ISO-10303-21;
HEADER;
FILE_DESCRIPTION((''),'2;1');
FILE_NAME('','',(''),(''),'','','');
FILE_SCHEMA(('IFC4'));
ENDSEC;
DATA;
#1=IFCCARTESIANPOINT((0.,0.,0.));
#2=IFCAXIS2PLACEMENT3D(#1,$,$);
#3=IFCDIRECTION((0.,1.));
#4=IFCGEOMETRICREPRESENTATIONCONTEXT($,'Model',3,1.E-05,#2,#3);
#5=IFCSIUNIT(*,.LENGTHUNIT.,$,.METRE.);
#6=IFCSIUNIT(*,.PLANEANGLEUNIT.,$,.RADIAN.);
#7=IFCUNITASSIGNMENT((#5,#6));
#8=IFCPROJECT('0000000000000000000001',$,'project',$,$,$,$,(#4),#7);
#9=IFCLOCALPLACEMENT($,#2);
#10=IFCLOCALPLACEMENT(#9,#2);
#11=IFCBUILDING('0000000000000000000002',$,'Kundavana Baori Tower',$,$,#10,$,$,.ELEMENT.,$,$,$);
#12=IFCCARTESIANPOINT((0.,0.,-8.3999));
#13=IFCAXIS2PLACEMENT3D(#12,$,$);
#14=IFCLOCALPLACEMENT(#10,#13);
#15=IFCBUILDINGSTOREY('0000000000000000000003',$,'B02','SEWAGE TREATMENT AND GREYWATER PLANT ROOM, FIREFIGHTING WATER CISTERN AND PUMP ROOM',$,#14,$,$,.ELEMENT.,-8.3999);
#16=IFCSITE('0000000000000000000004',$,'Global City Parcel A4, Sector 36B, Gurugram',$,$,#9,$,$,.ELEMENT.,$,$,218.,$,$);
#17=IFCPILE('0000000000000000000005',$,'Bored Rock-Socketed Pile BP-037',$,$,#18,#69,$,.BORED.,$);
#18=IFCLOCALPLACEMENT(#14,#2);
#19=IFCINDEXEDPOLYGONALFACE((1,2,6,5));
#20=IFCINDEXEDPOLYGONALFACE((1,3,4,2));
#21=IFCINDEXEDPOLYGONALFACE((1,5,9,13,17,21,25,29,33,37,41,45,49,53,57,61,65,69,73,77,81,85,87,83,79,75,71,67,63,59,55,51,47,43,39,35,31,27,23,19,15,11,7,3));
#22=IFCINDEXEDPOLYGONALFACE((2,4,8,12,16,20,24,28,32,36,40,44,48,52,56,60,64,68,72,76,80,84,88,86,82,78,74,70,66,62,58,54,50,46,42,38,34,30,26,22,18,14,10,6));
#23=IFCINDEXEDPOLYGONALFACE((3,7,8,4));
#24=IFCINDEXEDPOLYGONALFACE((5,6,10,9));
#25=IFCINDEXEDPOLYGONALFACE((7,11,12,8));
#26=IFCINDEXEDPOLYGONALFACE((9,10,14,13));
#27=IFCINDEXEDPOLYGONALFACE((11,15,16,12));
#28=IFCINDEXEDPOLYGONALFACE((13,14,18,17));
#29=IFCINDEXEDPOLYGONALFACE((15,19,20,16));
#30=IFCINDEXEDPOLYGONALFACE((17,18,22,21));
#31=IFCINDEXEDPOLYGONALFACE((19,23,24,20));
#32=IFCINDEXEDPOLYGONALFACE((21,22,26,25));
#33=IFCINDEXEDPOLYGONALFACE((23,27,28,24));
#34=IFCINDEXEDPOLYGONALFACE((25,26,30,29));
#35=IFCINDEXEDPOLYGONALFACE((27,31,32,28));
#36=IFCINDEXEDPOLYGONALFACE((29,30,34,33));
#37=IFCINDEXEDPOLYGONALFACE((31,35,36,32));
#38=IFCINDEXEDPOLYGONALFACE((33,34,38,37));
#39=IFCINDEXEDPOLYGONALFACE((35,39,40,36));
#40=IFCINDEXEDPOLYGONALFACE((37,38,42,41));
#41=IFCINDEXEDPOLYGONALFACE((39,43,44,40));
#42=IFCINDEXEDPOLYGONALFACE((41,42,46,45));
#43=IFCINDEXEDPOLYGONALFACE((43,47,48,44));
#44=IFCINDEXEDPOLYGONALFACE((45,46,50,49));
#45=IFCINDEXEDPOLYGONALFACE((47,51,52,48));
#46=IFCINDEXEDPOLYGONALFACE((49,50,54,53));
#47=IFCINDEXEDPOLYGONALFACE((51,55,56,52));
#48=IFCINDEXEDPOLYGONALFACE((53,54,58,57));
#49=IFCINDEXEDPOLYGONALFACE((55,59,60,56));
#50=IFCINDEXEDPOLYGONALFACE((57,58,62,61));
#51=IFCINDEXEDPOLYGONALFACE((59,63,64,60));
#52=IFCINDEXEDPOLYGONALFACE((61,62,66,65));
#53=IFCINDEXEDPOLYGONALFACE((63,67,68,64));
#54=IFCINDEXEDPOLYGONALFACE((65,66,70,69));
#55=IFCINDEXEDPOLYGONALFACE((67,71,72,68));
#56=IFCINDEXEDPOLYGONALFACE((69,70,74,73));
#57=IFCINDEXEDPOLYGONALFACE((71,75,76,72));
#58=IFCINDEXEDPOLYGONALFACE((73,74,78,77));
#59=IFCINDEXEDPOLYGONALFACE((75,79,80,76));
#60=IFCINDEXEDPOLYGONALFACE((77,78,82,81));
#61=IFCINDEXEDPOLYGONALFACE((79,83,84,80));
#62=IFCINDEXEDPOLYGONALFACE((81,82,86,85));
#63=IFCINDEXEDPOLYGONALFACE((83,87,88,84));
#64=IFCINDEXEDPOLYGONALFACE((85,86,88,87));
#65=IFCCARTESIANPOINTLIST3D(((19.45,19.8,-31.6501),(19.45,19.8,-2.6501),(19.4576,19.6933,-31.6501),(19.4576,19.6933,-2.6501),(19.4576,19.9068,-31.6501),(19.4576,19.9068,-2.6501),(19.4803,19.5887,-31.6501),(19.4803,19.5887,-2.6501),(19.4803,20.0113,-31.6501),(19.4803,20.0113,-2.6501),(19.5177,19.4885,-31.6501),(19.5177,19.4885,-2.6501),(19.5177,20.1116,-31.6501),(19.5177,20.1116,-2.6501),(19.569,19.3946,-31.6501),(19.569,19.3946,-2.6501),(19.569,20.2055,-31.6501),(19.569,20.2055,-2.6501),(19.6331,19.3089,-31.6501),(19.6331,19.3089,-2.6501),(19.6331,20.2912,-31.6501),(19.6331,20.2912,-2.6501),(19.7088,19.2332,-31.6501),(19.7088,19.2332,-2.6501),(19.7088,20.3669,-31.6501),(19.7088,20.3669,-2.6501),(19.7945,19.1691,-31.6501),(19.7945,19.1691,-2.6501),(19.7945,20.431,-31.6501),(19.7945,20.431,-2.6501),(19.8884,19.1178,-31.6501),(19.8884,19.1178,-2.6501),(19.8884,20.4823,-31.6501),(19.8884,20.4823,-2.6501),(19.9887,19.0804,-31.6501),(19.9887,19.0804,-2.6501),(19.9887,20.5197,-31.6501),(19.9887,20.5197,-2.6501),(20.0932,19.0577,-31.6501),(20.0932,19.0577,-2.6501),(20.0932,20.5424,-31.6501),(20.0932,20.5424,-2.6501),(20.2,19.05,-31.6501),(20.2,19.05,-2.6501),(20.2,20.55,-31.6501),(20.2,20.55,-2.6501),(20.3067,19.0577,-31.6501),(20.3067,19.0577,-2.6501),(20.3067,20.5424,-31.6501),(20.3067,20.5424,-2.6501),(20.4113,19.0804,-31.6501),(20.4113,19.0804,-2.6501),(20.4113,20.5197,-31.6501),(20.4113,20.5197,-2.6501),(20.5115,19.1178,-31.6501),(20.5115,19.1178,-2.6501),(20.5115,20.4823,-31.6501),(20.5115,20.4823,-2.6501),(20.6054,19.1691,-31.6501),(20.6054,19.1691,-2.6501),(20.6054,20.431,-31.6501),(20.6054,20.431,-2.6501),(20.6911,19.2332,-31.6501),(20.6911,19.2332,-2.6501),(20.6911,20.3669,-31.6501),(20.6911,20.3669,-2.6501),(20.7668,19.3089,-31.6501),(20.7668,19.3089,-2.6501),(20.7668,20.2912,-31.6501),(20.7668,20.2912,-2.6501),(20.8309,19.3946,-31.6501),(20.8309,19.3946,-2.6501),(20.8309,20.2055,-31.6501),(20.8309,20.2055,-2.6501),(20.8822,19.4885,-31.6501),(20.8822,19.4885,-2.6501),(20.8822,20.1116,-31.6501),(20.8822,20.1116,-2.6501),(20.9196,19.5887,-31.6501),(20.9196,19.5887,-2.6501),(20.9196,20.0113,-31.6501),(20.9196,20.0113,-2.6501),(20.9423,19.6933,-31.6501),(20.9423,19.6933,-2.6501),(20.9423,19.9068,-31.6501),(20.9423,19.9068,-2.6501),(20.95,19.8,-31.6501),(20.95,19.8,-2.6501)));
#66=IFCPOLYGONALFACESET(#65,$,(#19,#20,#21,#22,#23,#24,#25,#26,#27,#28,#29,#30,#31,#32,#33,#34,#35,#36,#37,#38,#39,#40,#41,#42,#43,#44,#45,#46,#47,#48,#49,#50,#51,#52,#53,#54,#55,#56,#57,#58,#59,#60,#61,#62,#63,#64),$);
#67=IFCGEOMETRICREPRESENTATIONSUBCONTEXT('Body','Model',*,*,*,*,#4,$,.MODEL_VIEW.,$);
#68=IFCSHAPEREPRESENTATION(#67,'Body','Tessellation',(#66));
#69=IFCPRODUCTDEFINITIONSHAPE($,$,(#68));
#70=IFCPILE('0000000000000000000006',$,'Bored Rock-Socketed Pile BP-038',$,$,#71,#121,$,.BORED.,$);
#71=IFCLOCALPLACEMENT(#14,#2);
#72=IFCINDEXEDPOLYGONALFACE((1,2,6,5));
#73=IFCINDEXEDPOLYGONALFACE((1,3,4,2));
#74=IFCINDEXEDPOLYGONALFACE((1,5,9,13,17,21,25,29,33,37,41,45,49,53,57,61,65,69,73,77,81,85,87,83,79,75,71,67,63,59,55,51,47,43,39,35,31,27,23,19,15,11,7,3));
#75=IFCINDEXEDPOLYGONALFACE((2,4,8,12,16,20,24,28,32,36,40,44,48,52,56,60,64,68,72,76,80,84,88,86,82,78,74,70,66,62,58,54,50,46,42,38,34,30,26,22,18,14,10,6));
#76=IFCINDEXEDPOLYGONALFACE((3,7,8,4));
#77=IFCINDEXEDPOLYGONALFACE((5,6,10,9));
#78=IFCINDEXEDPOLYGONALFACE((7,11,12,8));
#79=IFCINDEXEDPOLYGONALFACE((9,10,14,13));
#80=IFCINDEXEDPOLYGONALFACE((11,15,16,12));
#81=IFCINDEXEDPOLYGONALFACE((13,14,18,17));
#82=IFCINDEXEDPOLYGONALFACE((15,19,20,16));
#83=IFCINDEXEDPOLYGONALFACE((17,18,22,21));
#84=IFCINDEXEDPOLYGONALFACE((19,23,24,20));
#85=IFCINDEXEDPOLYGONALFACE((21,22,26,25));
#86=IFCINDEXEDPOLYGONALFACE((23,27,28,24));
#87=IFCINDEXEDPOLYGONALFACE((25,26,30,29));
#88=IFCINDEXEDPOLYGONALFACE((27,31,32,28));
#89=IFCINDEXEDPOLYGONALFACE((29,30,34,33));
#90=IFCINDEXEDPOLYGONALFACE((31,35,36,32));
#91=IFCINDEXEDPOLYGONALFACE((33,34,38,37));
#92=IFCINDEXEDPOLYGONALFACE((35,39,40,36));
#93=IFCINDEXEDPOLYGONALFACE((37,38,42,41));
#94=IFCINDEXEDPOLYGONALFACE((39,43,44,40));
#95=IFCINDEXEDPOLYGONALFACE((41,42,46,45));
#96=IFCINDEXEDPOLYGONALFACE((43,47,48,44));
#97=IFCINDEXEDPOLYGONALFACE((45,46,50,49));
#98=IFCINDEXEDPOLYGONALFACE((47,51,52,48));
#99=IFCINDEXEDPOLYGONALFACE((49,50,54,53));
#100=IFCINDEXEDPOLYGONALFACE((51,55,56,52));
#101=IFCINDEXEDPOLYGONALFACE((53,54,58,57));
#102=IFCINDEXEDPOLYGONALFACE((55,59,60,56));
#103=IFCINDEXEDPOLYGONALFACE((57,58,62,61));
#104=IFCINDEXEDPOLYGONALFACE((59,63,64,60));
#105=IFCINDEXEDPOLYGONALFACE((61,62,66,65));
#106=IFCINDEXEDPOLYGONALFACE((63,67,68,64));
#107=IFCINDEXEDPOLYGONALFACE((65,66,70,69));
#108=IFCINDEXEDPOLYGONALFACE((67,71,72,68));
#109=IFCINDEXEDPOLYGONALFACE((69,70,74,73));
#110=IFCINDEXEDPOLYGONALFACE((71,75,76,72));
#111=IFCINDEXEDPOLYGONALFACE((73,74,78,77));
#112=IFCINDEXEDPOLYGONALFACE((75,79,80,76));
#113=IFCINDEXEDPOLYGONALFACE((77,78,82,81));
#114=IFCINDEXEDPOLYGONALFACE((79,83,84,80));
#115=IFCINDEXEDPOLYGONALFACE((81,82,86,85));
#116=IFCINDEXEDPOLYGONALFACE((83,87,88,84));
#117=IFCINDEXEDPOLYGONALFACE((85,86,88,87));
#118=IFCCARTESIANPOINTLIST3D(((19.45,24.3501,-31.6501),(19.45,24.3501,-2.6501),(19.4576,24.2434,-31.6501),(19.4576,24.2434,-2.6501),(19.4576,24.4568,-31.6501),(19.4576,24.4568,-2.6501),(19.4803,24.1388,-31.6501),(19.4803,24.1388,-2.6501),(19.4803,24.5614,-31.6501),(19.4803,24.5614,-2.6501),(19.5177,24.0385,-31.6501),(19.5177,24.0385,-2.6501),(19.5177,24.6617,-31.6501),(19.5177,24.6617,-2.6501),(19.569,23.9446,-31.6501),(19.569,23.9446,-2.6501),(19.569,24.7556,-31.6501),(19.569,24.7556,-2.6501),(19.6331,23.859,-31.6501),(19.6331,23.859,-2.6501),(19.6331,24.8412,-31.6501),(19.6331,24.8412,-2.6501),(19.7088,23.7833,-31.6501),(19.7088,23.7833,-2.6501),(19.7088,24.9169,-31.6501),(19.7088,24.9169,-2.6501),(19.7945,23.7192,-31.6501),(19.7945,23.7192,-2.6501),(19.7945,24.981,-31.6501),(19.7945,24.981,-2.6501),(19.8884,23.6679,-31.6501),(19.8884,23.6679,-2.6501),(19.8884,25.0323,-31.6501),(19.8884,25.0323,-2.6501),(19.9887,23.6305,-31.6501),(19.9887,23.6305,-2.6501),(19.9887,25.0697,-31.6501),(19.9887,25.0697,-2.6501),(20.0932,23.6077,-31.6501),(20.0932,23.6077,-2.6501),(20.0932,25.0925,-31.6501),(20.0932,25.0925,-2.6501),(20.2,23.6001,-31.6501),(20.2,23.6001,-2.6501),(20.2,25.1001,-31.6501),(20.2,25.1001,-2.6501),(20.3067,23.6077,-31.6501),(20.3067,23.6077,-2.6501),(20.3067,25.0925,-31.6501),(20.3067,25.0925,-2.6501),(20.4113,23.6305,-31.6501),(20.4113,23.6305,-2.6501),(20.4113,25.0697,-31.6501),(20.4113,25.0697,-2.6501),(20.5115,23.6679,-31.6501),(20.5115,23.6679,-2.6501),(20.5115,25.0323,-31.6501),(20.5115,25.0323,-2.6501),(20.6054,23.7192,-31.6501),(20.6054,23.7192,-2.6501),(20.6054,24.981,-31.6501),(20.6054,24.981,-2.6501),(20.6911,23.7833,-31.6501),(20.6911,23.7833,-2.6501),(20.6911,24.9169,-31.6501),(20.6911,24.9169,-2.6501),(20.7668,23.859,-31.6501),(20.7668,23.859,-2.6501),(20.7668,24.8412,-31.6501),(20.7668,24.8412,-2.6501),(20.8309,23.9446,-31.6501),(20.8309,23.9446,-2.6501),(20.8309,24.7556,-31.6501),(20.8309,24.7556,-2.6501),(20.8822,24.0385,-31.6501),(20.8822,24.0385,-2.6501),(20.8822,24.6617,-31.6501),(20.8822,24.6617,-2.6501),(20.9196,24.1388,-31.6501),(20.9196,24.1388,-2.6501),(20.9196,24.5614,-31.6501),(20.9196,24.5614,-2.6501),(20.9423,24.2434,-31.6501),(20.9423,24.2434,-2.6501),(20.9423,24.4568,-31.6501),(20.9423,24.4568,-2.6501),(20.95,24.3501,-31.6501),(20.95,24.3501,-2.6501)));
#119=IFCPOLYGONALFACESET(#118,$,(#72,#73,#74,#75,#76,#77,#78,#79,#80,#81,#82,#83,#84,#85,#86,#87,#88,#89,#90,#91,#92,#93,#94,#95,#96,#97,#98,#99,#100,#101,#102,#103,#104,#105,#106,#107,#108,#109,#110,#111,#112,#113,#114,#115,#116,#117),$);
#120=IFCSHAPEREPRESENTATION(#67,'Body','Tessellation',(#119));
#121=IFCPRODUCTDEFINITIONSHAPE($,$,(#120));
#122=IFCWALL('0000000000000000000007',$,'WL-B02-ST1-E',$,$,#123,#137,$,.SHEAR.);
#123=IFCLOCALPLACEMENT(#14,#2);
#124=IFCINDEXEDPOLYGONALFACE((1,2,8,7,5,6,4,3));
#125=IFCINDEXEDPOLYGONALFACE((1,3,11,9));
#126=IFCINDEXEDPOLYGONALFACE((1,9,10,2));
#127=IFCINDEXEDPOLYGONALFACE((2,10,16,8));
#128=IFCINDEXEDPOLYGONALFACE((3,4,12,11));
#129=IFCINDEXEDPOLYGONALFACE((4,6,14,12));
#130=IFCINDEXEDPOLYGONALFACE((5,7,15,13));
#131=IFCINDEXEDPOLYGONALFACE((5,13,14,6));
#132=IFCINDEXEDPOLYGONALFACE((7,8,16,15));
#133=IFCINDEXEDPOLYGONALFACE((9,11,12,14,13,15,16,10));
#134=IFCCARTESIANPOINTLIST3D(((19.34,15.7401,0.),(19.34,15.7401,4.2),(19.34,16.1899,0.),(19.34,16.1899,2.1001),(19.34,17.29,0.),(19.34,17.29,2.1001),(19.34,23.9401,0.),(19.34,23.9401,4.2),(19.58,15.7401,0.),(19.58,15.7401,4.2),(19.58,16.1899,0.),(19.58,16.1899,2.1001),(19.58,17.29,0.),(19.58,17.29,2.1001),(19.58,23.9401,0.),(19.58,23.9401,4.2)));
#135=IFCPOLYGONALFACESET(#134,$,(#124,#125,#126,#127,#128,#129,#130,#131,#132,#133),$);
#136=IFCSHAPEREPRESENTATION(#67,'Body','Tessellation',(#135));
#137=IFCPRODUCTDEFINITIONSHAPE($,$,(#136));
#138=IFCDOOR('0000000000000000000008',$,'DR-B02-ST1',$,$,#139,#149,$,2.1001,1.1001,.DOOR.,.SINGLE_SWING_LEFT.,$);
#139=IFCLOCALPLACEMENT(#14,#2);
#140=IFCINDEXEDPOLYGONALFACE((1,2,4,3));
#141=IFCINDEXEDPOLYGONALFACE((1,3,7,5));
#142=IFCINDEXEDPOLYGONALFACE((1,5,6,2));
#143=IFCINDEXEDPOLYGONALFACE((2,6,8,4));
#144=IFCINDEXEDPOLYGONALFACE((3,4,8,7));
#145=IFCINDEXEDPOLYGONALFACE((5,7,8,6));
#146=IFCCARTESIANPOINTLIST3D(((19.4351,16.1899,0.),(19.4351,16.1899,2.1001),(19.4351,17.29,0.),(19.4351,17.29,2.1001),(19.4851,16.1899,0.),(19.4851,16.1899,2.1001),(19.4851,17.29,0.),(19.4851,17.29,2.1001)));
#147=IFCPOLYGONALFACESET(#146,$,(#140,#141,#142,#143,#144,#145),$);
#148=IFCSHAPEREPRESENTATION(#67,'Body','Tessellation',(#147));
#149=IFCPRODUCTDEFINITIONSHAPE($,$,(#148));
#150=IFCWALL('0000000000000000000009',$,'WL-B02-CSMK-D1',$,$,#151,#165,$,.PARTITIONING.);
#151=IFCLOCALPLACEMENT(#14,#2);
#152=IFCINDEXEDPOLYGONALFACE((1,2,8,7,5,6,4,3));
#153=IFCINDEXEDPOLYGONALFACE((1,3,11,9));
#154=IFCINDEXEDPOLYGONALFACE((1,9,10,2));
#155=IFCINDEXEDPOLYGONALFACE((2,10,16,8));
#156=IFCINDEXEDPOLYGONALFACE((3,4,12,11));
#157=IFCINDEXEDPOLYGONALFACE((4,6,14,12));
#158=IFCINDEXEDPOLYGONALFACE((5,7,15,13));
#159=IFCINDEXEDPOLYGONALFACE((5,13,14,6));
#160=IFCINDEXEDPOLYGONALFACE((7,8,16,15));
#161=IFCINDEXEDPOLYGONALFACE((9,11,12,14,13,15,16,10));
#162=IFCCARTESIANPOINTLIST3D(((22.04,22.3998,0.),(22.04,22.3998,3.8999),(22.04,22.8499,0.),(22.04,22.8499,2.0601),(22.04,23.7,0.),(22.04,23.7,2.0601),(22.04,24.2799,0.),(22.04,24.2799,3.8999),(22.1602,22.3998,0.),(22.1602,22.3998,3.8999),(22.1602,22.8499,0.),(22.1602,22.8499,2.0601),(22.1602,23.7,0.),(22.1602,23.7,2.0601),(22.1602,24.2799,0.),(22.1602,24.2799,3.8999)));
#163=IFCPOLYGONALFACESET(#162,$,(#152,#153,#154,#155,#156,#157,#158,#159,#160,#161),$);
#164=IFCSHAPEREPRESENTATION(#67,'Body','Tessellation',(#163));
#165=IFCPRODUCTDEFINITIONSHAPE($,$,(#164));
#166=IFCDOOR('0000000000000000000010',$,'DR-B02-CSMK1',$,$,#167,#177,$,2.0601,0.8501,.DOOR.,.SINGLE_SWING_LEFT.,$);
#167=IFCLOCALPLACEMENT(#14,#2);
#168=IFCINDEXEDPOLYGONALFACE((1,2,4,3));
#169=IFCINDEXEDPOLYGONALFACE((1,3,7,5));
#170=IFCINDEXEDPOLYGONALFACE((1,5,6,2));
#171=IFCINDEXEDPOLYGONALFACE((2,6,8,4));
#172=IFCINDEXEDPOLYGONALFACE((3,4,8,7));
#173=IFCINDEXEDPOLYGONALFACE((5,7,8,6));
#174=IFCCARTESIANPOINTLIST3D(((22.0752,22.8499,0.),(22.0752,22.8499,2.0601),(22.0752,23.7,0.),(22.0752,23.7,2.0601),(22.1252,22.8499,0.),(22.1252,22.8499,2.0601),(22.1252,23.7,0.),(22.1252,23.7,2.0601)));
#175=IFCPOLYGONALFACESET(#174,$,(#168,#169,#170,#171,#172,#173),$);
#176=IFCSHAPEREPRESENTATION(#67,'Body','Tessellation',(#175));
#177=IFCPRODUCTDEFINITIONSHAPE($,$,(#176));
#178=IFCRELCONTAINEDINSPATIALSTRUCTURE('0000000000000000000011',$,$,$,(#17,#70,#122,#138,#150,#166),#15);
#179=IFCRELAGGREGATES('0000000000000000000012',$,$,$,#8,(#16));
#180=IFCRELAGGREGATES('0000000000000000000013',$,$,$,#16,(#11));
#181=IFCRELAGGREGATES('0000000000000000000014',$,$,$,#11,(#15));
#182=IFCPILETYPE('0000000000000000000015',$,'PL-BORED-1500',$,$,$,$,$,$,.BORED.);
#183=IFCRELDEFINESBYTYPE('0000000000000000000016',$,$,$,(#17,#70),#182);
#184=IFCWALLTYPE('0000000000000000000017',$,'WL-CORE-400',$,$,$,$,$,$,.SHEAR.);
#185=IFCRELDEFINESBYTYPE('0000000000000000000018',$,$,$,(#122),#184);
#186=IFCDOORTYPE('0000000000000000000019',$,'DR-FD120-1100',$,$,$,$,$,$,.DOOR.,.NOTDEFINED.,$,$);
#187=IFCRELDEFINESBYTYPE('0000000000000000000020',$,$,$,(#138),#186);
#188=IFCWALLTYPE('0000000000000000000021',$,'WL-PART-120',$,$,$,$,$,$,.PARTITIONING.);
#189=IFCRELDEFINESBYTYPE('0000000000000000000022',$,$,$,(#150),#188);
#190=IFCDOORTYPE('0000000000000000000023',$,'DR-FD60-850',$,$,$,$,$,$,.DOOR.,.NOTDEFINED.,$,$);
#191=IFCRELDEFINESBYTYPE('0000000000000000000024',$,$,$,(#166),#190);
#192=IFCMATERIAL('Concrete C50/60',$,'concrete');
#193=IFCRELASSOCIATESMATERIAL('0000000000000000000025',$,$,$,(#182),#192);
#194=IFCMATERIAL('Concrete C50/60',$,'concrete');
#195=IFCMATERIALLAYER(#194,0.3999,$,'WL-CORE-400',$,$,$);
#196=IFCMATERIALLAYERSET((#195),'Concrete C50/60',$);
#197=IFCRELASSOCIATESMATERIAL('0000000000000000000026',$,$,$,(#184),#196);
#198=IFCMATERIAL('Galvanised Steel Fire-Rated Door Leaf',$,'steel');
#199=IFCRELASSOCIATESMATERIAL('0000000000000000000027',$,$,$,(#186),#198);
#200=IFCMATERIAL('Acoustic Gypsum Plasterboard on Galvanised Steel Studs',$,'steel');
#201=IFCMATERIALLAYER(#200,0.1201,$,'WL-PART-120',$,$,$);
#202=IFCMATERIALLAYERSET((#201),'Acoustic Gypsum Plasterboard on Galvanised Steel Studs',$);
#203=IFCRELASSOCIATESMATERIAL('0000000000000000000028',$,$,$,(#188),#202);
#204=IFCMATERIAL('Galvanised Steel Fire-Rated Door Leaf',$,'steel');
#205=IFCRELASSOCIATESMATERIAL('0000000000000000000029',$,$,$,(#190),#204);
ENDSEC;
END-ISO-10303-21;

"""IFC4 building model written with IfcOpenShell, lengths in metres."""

from ifc_helpers import new_model, si_unit, direction, frame, frame_2d, origin, origin_2d, place, context, subcontext, project, spatial, rectangle, circle, extrude, material, layer, layer_set, material_profile, profile_set, type_object, element, fill, save


model = new_model("IFC4")

# Units and contexts
model_context = context("Model", 3, precision=1e-05, world=origin(), true_north=direction((0.0, 1.0)))
body_context = subcontext(model_context, "Body", "Model", "MODEL_VIEW")
ifc_project = project(units=[si_unit("LENGTHUNIT", "METRE"), si_unit("PLANEANGLEUNIT", "RADIAN")], contexts=[model_context])

# Site, building, storey
site_placement = place(None, origin())
site = spatial("IfcSite", under=ifc_project, at=site_placement, Name="Global City Parcel A4, Sector 36B, Gurugram", CompositionType="ELEMENT", RefElevation=218.0)
building_placement = place(site_placement, origin())
building = spatial("IfcBuilding", under=site, at=building_placement, Name="Kundavana Baori Tower", CompositionType="ELEMENT")
storey_placement = place(building_placement, frame((0.0, 0.0, -8.3999)))
storey = spatial("IfcBuildingStorey", under=building, at=storey_placement, Name="B02", Description="SEWAGE TREATMENT AND GREYWATER PLANT ROOM, FIREFIGHTING WATER CISTERN AND PUMP ROOM", CompositionType="ELEMENT", Elevation=-8.3999)

# Piles
ifc_material_1 = material(Name="Concrete C50/60", Category="concrete")
ifc_material_profile = material_profile(ifc_material_1, circle(Radius=0.75, at=origin_2d()), Name="BORED PILE D1500")
ifc_profile_set = profile_set([ifc_material_profile], Name="Concrete C50/60")
pile_type = type_object("IfcPileType", Name="PL-BORED-1500", PredefinedType="BORED", material=ifc_profile_set)
for number, where, z_axis, x_axis, name in (
    (1, (20.2, 19.8, -2.6501), (0.0, 0.0, -1.0), (1.0, 0.0, 0.0), "Bored Rock-Socketed Pile BP-037"),
    (2, (20.2, 24.3501, -2.6501), (0.0, 0.0, -1.0), (1.0, 0.0, 0.0), "Bored Rock-Socketed Pile BP-038"),
):
    element("IfcPile", number, at=place(storey_placement, frame(where, z_axis=z_axis, x_axis=x_axis)), inside=storey, type_object=pile_type, Name=name, PredefinedType="BORED", context=body_context, shape_type="SweptSolid", body=[
        extrude(circle(Radius=0.75, at=origin_2d()), origin(), (0.0, 0.0, 1.0), 29.0),
    ])

# Walls, openings, doors
ifc_material_2 = material(Name="Concrete C50/60", Category="concrete")
ifc_layer_1 = layer(ifc_material_2, 0.3999, Name="WL-CORE-400")
ifc_layer_set_1 = layer_set([ifc_layer_1], Name="Concrete C50/60")
wall_type_1 = type_object("IfcWallType", Name="WL-CORE-400", PredefinedType="SHEAR", material=ifc_layer_set_1)
wall_1_placement = place(storey_placement, frame((19.46, 15.74, 0.0), z_axis=(0.0, 0.0, 1.0), x_axis=(0.0, 1.0, 0.0)))
wall_1 = element("IfcWall", 3, at=wall_1_placement, inside=storey, type_object=wall_type_1, Name="WL-B02-ST1-E", PredefinedType="SHEAR", context=body_context, shape_type="SweptSolid", body=[
    extrude(rectangle(XDim=8.2, YDim=0.24, at=frame_2d((4.1001, 0.0))), origin(), (0.0, 0.0, 1.0), 4.2),
])
opening_1_placement = place(wall_1_placement, frame((0.45, 0.0, 0.0)))
opening_1 = element("IfcOpeningElement", 4, at=opening_1_placement, cuts=wall_1, PredefinedType="OPENING", context=body_context, shape_type="SweptSolid", body=[
    extrude(rectangle(XDim=1.1001, YDim=2.1001, at=frame_2d((0.55, 1.05))), frame((0.0, 0.1299, 0.0), z_axis=(0.0, -1.0, 0.0), x_axis=(1.0, 0.0, 0.0)), (0.0, 0.0, 1.0), 0.26),
])
ifc_material_3 = material(Name="Galvanised Steel Fire-Rated Door Leaf", Category="steel")
door_type_1 = type_object("IfcDoorType", Name="DR-FD120-1100", OperationType="NOTDEFINED", PredefinedType="DOOR", material=ifc_material_3)
door_1_placement = place(opening_1_placement, origin())
door_1 = element("IfcDoor", 5, at=door_1_placement, inside=storey, type_object=door_type_1, Name="DR-B02-ST1", OperationType="SINGLE_SWING_LEFT", OverallHeight=2.1001, OverallWidth=1.1001, PredefinedType="DOOR", context=body_context, shape_type="SweptSolid", body=[
    extrude(rectangle(XDim=1.1001, YDim=2.1001, at=frame_2d((0.55, 1.05))), frame((0.0, 0.0249, 0.0), z_axis=(0.0, -1.0, 0.0), x_axis=(1.0, 0.0, 0.0)), (0.0, 0.0, 1.0), 0.05),
])
fill(opening_1, door_1)
ifc_material_4 = material(Name="Acoustic Gypsum Plasterboard on Galvanised Steel Studs", Category="steel")
ifc_layer_2 = layer(ifc_material_4, 0.1201, Name="WL-PART-120")
ifc_layer_set_2 = layer_set([ifc_layer_2], Name="Acoustic Gypsum Plasterboard on Galvanised Steel Studs")
wall_type_2 = type_object("IfcWallType", Name="WL-PART-120", PredefinedType="PARTITIONING", material=ifc_layer_set_2)
wall_2_placement = place(storey_placement, frame((22.1001, 22.3999, 0.0), z_axis=(0.0, 0.0, 1.0), x_axis=(0.0, 1.0, 0.0)))
wall_2 = element("IfcWall", 6, at=wall_2_placement, inside=storey, type_object=wall_type_2, Name="WL-B02-CSMK-D1", PredefinedType="PARTITIONING", context=body_context, shape_type="SweptSolid", body=[
    extrude(rectangle(XDim=1.8801, YDim=0.1201, at=frame_2d((0.9399, 0.0))), origin(), (0.0, 0.0, 1.0), 3.8999),
])
opening_2_placement = place(wall_2_placement, frame((0.45, 0.0, 0.0)))
opening_2 = element("IfcOpeningElement", 7, at=opening_2_placement, cuts=wall_2, PredefinedType="OPENING", context=body_context, shape_type="SweptSolid", body=[
    extrude(rectangle(XDim=0.8501, YDim=2.0601, at=frame_2d((0.425, 1.03))), frame((0.0, 0.0701, 0.0), z_axis=(0.0, -1.0, 0.0), x_axis=(1.0, 0.0, 0.0)), (0.0, 0.0, 1.0), 0.1401),
])
ifc_material_5 = material(Name="Galvanised Steel Fire-Rated Door Leaf", Category="steel")
door_type_2 = type_object("IfcDoorType", Name="DR-FD60-850", OperationType="NOTDEFINED", PredefinedType="DOOR", material=ifc_material_5)
door_2_placement = place(opening_2_placement, origin())
door_2 = element("IfcDoor", 8, at=door_2_placement, inside=storey, type_object=door_type_2, Name="DR-B02-CSMK1", OperationType="SINGLE_SWING_LEFT", OverallHeight=2.0601, OverallWidth=0.8501, PredefinedType="DOOR", context=body_context, shape_type="SweptSolid", body=[
    extrude(rectangle(XDim=0.8501, YDim=2.0601, at=frame_2d((0.425, 1.03))), frame((0.0, 0.0249, 0.0), z_axis=(0.0, -1.0, 0.0), x_axis=(1.0, 0.0, 0.0)), (0.0, 0.0, 1.0), 0.05),
])
fill(opening_2, door_2)

save(model, "model.ifc")
